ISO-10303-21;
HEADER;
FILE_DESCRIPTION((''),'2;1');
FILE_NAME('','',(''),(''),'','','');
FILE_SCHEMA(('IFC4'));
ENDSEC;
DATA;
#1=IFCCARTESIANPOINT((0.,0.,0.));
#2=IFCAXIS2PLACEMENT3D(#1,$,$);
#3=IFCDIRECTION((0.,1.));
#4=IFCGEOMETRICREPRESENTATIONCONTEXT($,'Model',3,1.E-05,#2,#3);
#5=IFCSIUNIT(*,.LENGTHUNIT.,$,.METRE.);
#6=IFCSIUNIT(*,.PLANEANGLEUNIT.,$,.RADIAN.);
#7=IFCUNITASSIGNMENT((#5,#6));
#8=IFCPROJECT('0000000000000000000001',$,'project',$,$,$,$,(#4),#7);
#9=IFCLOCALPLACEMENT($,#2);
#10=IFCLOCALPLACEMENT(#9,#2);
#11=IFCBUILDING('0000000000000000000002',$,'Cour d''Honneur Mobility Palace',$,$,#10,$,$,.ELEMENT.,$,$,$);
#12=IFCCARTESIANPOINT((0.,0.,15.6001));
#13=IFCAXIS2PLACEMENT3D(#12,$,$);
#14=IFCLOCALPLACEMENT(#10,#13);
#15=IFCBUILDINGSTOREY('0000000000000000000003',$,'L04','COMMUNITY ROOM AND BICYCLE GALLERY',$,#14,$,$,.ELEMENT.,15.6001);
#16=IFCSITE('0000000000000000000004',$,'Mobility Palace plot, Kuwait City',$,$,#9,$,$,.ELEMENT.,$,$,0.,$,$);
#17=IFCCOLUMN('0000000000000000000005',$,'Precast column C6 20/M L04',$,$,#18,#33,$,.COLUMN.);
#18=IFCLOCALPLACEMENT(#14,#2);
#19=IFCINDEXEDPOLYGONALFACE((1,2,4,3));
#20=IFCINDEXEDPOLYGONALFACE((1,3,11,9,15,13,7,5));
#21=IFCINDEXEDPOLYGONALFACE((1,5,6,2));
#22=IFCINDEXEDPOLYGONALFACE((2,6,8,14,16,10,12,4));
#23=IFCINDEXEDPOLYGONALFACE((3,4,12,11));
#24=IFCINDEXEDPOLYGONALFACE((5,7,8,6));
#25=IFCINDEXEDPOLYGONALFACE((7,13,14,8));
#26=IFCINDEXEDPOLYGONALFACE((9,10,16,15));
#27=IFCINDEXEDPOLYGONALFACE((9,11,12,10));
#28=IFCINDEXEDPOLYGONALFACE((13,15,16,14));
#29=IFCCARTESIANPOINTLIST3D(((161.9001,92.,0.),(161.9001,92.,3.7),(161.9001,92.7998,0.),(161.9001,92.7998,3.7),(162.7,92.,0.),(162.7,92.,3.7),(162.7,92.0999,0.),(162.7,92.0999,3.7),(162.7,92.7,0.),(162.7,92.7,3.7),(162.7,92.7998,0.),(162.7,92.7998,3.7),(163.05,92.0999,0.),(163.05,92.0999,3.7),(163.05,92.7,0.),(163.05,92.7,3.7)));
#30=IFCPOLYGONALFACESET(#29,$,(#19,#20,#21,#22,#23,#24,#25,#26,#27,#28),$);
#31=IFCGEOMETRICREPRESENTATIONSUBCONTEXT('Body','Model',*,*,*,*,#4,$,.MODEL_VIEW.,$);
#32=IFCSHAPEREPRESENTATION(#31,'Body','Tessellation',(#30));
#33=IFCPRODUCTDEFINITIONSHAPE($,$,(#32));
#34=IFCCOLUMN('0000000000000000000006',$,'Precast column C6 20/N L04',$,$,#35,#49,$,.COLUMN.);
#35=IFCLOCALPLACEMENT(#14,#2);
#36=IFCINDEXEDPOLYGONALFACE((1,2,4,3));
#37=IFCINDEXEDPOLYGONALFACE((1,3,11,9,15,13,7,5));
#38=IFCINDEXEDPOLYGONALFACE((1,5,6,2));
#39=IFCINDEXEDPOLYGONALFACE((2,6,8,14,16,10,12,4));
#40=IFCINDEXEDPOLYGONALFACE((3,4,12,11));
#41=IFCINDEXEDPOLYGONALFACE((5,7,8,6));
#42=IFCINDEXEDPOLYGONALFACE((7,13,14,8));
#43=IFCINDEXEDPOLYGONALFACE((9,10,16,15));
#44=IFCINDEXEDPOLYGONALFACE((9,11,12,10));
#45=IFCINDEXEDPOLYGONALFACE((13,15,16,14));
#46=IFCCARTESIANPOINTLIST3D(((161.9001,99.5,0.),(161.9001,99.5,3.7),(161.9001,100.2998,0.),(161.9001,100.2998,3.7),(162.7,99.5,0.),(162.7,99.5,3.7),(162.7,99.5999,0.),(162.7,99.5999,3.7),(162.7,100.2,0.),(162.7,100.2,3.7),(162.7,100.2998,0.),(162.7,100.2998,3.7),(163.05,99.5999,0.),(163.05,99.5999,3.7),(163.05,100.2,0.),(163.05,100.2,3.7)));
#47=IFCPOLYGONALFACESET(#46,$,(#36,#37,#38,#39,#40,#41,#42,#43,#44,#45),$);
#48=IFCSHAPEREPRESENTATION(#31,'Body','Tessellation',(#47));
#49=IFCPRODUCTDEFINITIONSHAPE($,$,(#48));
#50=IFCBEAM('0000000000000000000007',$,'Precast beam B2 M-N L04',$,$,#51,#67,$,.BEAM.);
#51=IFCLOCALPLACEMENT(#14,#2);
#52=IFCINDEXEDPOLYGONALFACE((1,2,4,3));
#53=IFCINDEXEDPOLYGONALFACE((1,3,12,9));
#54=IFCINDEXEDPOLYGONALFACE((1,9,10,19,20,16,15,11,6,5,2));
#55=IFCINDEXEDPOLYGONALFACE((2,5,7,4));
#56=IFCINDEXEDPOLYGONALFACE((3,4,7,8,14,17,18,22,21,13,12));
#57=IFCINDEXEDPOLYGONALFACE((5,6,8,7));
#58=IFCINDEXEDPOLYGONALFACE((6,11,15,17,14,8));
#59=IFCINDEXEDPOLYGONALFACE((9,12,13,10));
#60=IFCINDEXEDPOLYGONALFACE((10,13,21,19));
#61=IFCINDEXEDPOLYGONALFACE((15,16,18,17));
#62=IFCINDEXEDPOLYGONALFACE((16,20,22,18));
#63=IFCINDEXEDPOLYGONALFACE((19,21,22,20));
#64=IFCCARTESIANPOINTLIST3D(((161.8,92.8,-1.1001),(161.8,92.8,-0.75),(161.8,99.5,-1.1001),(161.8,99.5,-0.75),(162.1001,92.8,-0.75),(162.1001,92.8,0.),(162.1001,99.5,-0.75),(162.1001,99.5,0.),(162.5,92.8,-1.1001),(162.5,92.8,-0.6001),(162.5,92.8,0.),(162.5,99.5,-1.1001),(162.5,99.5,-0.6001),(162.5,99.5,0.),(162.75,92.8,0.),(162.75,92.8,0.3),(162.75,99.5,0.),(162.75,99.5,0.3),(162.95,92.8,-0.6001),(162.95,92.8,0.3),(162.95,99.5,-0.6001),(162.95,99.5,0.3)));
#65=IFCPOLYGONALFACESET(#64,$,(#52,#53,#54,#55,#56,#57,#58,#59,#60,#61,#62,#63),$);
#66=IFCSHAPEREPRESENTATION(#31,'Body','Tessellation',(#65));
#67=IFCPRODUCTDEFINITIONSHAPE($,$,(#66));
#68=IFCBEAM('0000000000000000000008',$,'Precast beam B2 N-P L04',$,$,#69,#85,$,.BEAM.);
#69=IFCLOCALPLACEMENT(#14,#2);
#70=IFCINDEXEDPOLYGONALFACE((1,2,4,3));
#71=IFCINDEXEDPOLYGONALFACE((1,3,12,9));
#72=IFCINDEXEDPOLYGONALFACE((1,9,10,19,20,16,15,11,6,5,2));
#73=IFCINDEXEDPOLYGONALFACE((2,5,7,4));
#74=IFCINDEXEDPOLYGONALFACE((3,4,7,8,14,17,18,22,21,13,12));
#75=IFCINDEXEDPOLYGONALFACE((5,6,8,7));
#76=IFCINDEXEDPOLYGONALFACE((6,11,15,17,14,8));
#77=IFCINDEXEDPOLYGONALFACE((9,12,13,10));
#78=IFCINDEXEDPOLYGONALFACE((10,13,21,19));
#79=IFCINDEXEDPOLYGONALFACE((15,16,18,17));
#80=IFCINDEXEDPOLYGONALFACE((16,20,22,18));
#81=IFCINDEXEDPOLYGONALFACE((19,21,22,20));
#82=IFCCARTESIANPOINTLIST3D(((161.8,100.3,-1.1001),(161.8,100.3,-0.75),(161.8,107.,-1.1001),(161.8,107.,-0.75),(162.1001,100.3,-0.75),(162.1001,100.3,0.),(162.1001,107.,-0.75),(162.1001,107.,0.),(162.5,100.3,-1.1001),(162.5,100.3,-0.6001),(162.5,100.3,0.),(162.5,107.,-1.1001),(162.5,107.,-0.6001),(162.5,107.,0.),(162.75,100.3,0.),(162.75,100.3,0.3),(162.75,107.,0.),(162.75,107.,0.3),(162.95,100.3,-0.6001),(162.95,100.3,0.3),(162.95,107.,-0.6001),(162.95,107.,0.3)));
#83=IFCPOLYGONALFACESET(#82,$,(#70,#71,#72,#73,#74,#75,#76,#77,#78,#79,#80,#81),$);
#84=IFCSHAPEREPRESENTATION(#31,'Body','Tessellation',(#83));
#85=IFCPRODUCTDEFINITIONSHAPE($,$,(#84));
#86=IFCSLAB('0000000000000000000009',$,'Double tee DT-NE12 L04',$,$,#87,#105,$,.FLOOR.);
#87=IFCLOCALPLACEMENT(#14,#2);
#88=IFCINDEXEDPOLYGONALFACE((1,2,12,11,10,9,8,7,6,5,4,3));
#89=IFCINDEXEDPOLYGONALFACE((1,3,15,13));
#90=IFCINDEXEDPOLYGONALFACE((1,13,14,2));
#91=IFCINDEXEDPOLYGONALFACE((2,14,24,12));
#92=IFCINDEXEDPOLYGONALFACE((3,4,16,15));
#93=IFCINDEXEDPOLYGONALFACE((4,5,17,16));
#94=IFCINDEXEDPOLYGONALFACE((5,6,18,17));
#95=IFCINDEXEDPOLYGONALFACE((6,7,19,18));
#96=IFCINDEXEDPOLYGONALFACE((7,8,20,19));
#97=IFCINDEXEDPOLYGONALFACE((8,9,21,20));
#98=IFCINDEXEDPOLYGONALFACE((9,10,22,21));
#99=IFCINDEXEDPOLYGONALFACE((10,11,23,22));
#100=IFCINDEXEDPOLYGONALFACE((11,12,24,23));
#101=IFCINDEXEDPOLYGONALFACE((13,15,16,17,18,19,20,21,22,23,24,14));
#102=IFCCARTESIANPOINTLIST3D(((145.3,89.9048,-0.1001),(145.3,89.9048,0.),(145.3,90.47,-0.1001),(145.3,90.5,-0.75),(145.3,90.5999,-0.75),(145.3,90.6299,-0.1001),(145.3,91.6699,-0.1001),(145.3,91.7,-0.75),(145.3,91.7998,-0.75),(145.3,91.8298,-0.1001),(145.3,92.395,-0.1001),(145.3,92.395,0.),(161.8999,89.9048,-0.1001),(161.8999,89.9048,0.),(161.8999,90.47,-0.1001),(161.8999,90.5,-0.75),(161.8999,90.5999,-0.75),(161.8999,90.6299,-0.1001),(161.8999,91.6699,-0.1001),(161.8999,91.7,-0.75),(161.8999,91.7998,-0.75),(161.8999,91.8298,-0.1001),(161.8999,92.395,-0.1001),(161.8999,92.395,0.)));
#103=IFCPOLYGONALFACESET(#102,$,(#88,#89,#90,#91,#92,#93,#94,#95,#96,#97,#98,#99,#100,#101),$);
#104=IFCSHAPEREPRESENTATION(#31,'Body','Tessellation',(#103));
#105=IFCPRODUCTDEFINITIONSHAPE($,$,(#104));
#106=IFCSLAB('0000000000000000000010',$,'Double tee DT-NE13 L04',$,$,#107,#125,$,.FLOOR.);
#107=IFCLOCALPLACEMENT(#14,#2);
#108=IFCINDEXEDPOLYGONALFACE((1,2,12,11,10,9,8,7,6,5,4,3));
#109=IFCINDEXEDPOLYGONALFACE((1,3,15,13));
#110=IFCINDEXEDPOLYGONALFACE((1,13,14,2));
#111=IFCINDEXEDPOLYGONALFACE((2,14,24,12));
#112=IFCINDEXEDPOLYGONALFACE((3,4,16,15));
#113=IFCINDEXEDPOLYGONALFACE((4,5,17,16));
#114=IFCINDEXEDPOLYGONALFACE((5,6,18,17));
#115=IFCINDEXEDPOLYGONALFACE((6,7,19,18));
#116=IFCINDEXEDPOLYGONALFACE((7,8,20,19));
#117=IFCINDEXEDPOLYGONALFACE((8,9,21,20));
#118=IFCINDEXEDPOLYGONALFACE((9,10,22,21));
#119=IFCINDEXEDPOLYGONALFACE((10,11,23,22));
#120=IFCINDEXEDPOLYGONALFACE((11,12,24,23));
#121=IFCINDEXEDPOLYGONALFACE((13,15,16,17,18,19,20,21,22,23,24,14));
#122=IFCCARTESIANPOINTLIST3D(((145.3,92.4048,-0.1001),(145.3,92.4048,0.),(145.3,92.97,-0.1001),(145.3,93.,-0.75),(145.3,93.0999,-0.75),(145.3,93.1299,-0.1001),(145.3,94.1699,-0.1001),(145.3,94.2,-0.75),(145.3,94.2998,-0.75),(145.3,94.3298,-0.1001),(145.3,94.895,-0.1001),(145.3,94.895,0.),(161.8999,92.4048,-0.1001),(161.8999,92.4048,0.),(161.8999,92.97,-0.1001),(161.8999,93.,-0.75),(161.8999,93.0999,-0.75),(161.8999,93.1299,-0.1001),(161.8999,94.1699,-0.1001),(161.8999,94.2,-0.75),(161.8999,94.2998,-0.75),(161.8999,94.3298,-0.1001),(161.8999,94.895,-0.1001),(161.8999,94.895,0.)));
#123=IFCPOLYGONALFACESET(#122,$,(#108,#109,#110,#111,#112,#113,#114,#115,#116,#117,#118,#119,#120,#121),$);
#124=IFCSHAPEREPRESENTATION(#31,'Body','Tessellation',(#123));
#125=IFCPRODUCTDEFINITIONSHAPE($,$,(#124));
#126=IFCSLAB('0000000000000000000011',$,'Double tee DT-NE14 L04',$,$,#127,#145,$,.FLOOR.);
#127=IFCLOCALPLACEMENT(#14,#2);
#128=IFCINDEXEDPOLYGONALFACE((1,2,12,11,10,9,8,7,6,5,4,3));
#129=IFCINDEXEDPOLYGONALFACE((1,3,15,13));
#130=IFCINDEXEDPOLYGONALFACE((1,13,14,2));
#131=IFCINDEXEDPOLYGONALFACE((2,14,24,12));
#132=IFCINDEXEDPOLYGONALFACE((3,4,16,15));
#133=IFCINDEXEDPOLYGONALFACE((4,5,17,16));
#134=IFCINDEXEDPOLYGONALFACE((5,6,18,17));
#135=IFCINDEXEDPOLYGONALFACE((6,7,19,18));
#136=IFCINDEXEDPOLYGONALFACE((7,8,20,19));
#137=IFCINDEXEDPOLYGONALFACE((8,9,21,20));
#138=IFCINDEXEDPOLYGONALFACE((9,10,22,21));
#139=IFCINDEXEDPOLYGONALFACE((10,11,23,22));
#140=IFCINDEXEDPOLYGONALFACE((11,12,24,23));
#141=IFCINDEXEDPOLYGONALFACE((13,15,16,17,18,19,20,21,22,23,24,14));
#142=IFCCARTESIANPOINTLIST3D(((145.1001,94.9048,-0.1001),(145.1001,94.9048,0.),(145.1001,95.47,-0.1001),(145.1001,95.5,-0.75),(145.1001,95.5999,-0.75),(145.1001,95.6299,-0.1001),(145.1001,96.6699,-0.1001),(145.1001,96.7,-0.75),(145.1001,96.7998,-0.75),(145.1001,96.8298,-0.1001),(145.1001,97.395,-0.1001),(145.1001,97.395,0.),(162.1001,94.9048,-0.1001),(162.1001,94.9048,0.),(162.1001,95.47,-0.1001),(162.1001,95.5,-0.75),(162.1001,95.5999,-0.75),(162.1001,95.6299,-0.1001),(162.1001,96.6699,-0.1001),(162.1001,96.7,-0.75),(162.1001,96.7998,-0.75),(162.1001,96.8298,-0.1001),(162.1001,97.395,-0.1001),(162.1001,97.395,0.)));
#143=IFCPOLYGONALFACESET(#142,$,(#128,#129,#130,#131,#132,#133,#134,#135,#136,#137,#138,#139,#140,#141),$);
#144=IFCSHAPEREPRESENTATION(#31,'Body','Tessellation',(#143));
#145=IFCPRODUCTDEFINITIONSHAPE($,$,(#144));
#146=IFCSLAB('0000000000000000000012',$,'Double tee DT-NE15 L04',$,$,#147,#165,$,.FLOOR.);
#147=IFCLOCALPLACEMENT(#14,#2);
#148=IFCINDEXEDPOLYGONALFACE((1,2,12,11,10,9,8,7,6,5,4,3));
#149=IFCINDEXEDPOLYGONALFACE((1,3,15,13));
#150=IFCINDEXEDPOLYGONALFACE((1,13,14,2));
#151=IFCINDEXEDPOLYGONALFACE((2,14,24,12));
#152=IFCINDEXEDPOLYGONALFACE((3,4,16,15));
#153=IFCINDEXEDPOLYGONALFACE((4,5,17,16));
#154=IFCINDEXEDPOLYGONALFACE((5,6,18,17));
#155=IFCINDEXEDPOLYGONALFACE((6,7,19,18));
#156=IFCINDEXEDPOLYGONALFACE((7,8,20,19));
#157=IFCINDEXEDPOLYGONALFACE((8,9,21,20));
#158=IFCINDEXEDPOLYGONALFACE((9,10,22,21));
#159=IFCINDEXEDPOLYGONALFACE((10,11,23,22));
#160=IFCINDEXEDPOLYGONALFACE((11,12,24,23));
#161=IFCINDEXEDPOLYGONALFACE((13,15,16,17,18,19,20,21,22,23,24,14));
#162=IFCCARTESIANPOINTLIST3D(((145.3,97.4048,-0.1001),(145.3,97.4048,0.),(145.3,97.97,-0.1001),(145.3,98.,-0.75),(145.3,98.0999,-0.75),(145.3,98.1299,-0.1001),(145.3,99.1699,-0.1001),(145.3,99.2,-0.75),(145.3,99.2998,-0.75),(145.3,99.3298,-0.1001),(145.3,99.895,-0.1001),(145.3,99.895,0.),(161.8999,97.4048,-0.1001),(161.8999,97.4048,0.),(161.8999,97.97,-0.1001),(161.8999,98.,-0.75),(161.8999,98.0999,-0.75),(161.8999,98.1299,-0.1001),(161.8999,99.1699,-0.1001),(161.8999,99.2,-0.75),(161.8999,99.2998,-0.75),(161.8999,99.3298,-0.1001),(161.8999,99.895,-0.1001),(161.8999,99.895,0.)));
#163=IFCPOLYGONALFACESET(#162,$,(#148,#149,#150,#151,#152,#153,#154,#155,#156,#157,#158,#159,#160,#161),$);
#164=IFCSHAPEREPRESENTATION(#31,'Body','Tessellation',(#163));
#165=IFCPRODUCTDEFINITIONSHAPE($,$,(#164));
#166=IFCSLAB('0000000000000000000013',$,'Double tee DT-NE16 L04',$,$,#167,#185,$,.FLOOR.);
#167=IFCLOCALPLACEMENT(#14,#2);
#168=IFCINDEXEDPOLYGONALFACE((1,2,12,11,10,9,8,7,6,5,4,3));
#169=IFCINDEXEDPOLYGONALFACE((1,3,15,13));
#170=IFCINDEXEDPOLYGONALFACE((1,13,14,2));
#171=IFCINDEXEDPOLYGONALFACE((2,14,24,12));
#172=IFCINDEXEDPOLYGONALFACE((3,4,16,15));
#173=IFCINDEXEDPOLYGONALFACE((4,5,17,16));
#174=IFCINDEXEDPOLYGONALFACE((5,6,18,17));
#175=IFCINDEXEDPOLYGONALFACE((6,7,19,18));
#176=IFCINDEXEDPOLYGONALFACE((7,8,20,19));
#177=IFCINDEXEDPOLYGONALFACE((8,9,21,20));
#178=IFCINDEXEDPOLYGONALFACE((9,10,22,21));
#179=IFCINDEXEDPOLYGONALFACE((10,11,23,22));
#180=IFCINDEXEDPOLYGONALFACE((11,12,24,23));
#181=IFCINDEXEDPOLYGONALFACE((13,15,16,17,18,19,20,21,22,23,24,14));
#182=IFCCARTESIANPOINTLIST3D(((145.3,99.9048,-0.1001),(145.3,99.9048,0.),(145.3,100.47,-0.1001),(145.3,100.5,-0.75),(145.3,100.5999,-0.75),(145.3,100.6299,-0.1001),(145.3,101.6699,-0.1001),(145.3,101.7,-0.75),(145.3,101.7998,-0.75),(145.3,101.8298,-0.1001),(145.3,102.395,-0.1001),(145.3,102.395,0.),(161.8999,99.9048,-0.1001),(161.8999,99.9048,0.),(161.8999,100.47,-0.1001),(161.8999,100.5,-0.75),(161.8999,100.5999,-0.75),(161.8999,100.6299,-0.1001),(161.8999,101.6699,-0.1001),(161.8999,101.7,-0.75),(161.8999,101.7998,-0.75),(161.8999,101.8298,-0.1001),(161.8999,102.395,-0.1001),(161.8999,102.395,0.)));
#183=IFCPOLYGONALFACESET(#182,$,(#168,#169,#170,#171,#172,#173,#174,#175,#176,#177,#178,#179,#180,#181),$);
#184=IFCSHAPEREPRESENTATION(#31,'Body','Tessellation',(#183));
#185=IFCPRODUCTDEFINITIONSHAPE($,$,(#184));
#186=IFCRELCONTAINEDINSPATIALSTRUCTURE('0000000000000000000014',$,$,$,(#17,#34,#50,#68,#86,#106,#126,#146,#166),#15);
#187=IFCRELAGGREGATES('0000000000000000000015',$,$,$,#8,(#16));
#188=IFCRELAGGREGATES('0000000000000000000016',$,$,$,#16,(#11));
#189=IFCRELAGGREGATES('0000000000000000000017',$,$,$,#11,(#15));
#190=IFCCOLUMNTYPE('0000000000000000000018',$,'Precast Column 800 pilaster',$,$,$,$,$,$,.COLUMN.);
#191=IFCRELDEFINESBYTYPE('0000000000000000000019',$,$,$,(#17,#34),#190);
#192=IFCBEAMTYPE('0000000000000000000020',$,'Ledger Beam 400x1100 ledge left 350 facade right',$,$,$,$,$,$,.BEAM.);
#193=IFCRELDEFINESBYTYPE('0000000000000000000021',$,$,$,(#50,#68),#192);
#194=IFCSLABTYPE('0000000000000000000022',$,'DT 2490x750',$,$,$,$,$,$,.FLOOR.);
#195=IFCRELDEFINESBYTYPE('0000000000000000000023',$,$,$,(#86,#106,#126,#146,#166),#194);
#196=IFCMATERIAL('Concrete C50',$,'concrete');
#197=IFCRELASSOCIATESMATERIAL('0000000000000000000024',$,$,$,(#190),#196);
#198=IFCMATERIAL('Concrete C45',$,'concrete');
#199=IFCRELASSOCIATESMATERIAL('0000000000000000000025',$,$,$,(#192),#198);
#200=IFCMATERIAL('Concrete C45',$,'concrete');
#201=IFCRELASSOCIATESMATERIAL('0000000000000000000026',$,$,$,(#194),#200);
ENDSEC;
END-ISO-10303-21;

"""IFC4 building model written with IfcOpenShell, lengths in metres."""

from ifc_helpers import new_model, si_unit, direction, frame, origin, place, context, subcontext, project, spatial, polyline, outline, extrude, material, material_profile, profile_set, type_object, element, save


model = new_model("IFC4")

# Units and contexts
model_context = context("Model", 3, precision=1e-05, world=origin(), true_north=direction((0.0, 1.0)))
body_context = subcontext(model_context, "Body", "Model", "MODEL_VIEW")
ifc_project = project(units=[si_unit("LENGTHUNIT", "METRE"), si_unit("PLANEANGLEUNIT", "RADIAN")], contexts=[model_context])

# Site, building, storey
site_placement = place(None, origin())
site = spatial("IfcSite", under=ifc_project, at=site_placement, Name="Mobility Palace plot, Kuwait City", CompositionType="ELEMENT", RefElevation=0.0)
building_placement = place(site_placement, origin())
building = spatial("IfcBuilding", under=site, at=building_placement, Name="Cour d'Honneur Mobility Palace", CompositionType="ELEMENT")
storey_placement = place(building_placement, frame((0.0, 0.0, 15.6001)))
storey = spatial("IfcBuildingStorey", under=building, at=storey_placement, Name="L04", Description="COMMUNITY ROOM AND BICYCLE GALLERY", CompositionType="ELEMENT", Elevation=15.6001)

# Columns
ifc_material_1 = material(Name="Concrete C50", Category="concrete")
ifc_material_profile_1 = material_profile(ifc_material_1, outline(polyline([(-0.3999, -0.3999), (0.3999, -0.3999), (0.3999, -0.3), (0.75, -0.3), (0.75, 0.3), (0.3999, 0.3), (0.3999, 0.3999), (-0.3999, 0.3999), (-0.3999, -0.3999)])), Name="PC C800 pilaster")
ifc_profile_set_1 = profile_set([ifc_material_profile_1], Name="Concrete C50")
column_type = type_object("IfcColumnType", Name="Precast Column 800 pilaster", PredefinedType="COLUMN", material=ifc_profile_set_1)
for number, where, z_axis, x_axis, name in (
    (1, (162.3, 92.3999, 0.0), (0.0, 0.0, 1.0), (1.0, 0.0, 0.0), "Precast column C6 20/M L04"),
    (2, (162.3, 99.8999, 0.0), (0.0, 0.0, 1.0), (1.0, 0.0, 0.0), "Precast column C6 20/N L04"),
):
    element("IfcColumn", number, at=place(storey_placement, frame(where, z_axis=z_axis, x_axis=x_axis)), inside=storey, type_object=column_type, Name=name, PredefinedType="COLUMN", context=body_context, shape_type="SweptSolid", body=[
        extrude(outline(polyline([(-0.3999, -0.3999), (0.3999, -0.3999), (0.3999, -0.3), (0.75, -0.3), (0.75, 0.3), (0.3999, 0.3), (0.3999, 0.3999), (-0.3999, 0.3999), (-0.3999, -0.3999)])), origin(), (0.0, 0.0, 1.0), 3.7),
    ])

# Beams
ifc_material_2 = material(Name="Concrete C45", Category="concrete")
ifc_material_profile_2 = material_profile(ifc_material_2, outline(polyline([(0.5, -1.1001), (0.5, -0.75), (0.2, -0.75), (0.2, 0.0), (-0.2, 0.0), (-0.45, 0.0), (-0.45, 0.3), (-0.6499, 0.3), (-0.6499, -0.6001), (-0.2, -0.6001), (-0.2, -1.1001), (0.5, -1.1001)])), Name="Ledger Beam 400x1100 ledge left 350 facade right")
ifc_profile_set_2 = profile_set([ifc_material_profile_2], Name="Concrete C45")
beam_type = type_object("IfcBeamType", Name="Ledger Beam 400x1100 ledge left 350 facade right", PredefinedType="BEAM", material=ifc_profile_set_2)
for number, where, z_axis, x_axis, name in (
    (3, (162.3, 92.8, 0.0), (0.0, 1.0, 0.0), (-1.0, 0.0, 0.0), "Precast beam B2 M-N L04"),
    (4, (162.3, 100.3, 0.0), (0.0, 1.0, 0.0), (-1.0, 0.0, 0.0), "Precast beam B2 N-P L04"),
):
    element("IfcBeam", number, at=place(storey_placement, frame(where, z_axis=z_axis, x_axis=x_axis)), inside=storey, type_object=beam_type, Name=name, PredefinedType="BEAM", context=body_context, shape_type="SweptSolid", body=[
        extrude(outline(polyline([(0.5, -1.1001), (0.5, -0.75), (0.2, -0.75), (0.2, 0.0), (-0.2, 0.0), (-0.45, 0.0), (-0.45, 0.3), (-0.6499, 0.3), (-0.6499, -0.6001), (-0.2, -0.6001), (-0.2, -1.1001), (0.5, -1.1001)])), origin(), (0.0, 0.0, 1.0), 6.7),
    ])

# Slabs
ifc_material_3 = material(Name="Concrete C45", Category="concrete")
ifc_material_profile_3 = material_profile(ifc_material_3, outline(polyline([(-1.2451, 0.0), (1.2451, 0.0), (1.2451, -0.1001), (0.6799, -0.1001), (0.6499, -0.75), (0.55, -0.75), (0.52, -0.1001), (-0.52, -0.1001), (-0.55, -0.75), (-0.6499, -0.75), (-0.6799, -0.1001), (-1.2451, -0.1001), (-1.2451, 0.0)])), Name="DT 2490x750")
ifc_profile_set_3 = profile_set([ifc_material_profile_3], Name="Concrete C45")
slab_type = type_object("IfcSlabType", Name="DT 2490x750", PredefinedType="FLOOR", material=ifc_profile_set_3)
for number, where, z_axis, x_axis, name in (
    (5, (145.3, 91.1499, 0.0), (1.0, 0.0, 0.0), (0.0, 1.0, 0.0), "Double tee DT-NE12 L04"),
    (6, (145.3, 93.6499, 0.0), (1.0, 0.0, 0.0), (0.0, 1.0, 0.0), "Double tee DT-NE13 L04"),
):
    element("IfcSlab", number, at=place(storey_placement, frame(where, z_axis=z_axis, x_axis=x_axis)), inside=storey, type_object=slab_type, Name=name, PredefinedType="FLOOR", context=body_context, shape_type="SweptSolid", body=[
        extrude(outline(polyline([(-1.2451, 0.0), (1.2451, 0.0), (1.2451, -0.1001), (0.6799, -0.1001), (0.6499, -0.75), (0.55, -0.75), (0.52, -0.1001), (-0.52, -0.1001), (-0.55, -0.75), (-0.6499, -0.75), (-0.6799, -0.1001), (-1.2451, -0.1001), (-1.2451, 0.0)])), origin(), (0.0, 0.0, 1.0), 16.5999),
    ])
slab_placement = place(storey_placement, frame((145.1001, 96.1499, 0.0), z_axis=(1.0, 0.0, 0.0), x_axis=(0.0, 1.0, 0.0)))
element("IfcSlab", 7, at=slab_placement, inside=storey, type_object=slab_type, Name="Double tee DT-NE14 L04", PredefinedType="FLOOR", context=body_context, shape_type="SweptSolid", body=[
    extrude(outline(polyline([(-1.2451, 0.0), (1.2451, 0.0), (1.2451, -0.1001), (0.6799, -0.1001), (0.6499, -0.75), (0.55, -0.75), (0.52, -0.1001), (-0.52, -0.1001), (-0.55, -0.75), (-0.6499, -0.75), (-0.6799, -0.1001), (-1.2451, -0.1001), (-1.2451, 0.0)])), origin(), (0.0, 0.0, 1.0), 17.0),
])
for number, where, z_axis, x_axis, name in (
    (8, (145.3, 98.6499, 0.0), (1.0, 0.0, 0.0), (0.0, 1.0, 0.0), "Double tee DT-NE15 L04"),
    (9, (145.3, 101.1499, 0.0), (1.0, 0.0, 0.0), (0.0, 1.0, 0.0), "Double tee DT-NE16 L04"),
):
    element("IfcSlab", number, at=place(storey_placement, frame(where, z_axis=z_axis, x_axis=x_axis)), inside=storey, type_object=slab_type, Name=name, PredefinedType="FLOOR", context=body_context, shape_type="SweptSolid", body=[
        extrude(outline(polyline([(-1.2451, 0.0), (1.2451, 0.0), (1.2451, -0.1001), (0.6799, -0.1001), (0.6499, -0.75), (0.55, -0.75), (0.52, -0.1001), (-0.52, -0.1001), (-0.55, -0.75), (-0.6499, -0.75), (-0.6799, -0.1001), (-1.2451, -0.1001), (-1.2451, 0.0)])), origin(), (0.0, 0.0, 1.0), 16.5999),
    ])

save(model, "model.ifc")
